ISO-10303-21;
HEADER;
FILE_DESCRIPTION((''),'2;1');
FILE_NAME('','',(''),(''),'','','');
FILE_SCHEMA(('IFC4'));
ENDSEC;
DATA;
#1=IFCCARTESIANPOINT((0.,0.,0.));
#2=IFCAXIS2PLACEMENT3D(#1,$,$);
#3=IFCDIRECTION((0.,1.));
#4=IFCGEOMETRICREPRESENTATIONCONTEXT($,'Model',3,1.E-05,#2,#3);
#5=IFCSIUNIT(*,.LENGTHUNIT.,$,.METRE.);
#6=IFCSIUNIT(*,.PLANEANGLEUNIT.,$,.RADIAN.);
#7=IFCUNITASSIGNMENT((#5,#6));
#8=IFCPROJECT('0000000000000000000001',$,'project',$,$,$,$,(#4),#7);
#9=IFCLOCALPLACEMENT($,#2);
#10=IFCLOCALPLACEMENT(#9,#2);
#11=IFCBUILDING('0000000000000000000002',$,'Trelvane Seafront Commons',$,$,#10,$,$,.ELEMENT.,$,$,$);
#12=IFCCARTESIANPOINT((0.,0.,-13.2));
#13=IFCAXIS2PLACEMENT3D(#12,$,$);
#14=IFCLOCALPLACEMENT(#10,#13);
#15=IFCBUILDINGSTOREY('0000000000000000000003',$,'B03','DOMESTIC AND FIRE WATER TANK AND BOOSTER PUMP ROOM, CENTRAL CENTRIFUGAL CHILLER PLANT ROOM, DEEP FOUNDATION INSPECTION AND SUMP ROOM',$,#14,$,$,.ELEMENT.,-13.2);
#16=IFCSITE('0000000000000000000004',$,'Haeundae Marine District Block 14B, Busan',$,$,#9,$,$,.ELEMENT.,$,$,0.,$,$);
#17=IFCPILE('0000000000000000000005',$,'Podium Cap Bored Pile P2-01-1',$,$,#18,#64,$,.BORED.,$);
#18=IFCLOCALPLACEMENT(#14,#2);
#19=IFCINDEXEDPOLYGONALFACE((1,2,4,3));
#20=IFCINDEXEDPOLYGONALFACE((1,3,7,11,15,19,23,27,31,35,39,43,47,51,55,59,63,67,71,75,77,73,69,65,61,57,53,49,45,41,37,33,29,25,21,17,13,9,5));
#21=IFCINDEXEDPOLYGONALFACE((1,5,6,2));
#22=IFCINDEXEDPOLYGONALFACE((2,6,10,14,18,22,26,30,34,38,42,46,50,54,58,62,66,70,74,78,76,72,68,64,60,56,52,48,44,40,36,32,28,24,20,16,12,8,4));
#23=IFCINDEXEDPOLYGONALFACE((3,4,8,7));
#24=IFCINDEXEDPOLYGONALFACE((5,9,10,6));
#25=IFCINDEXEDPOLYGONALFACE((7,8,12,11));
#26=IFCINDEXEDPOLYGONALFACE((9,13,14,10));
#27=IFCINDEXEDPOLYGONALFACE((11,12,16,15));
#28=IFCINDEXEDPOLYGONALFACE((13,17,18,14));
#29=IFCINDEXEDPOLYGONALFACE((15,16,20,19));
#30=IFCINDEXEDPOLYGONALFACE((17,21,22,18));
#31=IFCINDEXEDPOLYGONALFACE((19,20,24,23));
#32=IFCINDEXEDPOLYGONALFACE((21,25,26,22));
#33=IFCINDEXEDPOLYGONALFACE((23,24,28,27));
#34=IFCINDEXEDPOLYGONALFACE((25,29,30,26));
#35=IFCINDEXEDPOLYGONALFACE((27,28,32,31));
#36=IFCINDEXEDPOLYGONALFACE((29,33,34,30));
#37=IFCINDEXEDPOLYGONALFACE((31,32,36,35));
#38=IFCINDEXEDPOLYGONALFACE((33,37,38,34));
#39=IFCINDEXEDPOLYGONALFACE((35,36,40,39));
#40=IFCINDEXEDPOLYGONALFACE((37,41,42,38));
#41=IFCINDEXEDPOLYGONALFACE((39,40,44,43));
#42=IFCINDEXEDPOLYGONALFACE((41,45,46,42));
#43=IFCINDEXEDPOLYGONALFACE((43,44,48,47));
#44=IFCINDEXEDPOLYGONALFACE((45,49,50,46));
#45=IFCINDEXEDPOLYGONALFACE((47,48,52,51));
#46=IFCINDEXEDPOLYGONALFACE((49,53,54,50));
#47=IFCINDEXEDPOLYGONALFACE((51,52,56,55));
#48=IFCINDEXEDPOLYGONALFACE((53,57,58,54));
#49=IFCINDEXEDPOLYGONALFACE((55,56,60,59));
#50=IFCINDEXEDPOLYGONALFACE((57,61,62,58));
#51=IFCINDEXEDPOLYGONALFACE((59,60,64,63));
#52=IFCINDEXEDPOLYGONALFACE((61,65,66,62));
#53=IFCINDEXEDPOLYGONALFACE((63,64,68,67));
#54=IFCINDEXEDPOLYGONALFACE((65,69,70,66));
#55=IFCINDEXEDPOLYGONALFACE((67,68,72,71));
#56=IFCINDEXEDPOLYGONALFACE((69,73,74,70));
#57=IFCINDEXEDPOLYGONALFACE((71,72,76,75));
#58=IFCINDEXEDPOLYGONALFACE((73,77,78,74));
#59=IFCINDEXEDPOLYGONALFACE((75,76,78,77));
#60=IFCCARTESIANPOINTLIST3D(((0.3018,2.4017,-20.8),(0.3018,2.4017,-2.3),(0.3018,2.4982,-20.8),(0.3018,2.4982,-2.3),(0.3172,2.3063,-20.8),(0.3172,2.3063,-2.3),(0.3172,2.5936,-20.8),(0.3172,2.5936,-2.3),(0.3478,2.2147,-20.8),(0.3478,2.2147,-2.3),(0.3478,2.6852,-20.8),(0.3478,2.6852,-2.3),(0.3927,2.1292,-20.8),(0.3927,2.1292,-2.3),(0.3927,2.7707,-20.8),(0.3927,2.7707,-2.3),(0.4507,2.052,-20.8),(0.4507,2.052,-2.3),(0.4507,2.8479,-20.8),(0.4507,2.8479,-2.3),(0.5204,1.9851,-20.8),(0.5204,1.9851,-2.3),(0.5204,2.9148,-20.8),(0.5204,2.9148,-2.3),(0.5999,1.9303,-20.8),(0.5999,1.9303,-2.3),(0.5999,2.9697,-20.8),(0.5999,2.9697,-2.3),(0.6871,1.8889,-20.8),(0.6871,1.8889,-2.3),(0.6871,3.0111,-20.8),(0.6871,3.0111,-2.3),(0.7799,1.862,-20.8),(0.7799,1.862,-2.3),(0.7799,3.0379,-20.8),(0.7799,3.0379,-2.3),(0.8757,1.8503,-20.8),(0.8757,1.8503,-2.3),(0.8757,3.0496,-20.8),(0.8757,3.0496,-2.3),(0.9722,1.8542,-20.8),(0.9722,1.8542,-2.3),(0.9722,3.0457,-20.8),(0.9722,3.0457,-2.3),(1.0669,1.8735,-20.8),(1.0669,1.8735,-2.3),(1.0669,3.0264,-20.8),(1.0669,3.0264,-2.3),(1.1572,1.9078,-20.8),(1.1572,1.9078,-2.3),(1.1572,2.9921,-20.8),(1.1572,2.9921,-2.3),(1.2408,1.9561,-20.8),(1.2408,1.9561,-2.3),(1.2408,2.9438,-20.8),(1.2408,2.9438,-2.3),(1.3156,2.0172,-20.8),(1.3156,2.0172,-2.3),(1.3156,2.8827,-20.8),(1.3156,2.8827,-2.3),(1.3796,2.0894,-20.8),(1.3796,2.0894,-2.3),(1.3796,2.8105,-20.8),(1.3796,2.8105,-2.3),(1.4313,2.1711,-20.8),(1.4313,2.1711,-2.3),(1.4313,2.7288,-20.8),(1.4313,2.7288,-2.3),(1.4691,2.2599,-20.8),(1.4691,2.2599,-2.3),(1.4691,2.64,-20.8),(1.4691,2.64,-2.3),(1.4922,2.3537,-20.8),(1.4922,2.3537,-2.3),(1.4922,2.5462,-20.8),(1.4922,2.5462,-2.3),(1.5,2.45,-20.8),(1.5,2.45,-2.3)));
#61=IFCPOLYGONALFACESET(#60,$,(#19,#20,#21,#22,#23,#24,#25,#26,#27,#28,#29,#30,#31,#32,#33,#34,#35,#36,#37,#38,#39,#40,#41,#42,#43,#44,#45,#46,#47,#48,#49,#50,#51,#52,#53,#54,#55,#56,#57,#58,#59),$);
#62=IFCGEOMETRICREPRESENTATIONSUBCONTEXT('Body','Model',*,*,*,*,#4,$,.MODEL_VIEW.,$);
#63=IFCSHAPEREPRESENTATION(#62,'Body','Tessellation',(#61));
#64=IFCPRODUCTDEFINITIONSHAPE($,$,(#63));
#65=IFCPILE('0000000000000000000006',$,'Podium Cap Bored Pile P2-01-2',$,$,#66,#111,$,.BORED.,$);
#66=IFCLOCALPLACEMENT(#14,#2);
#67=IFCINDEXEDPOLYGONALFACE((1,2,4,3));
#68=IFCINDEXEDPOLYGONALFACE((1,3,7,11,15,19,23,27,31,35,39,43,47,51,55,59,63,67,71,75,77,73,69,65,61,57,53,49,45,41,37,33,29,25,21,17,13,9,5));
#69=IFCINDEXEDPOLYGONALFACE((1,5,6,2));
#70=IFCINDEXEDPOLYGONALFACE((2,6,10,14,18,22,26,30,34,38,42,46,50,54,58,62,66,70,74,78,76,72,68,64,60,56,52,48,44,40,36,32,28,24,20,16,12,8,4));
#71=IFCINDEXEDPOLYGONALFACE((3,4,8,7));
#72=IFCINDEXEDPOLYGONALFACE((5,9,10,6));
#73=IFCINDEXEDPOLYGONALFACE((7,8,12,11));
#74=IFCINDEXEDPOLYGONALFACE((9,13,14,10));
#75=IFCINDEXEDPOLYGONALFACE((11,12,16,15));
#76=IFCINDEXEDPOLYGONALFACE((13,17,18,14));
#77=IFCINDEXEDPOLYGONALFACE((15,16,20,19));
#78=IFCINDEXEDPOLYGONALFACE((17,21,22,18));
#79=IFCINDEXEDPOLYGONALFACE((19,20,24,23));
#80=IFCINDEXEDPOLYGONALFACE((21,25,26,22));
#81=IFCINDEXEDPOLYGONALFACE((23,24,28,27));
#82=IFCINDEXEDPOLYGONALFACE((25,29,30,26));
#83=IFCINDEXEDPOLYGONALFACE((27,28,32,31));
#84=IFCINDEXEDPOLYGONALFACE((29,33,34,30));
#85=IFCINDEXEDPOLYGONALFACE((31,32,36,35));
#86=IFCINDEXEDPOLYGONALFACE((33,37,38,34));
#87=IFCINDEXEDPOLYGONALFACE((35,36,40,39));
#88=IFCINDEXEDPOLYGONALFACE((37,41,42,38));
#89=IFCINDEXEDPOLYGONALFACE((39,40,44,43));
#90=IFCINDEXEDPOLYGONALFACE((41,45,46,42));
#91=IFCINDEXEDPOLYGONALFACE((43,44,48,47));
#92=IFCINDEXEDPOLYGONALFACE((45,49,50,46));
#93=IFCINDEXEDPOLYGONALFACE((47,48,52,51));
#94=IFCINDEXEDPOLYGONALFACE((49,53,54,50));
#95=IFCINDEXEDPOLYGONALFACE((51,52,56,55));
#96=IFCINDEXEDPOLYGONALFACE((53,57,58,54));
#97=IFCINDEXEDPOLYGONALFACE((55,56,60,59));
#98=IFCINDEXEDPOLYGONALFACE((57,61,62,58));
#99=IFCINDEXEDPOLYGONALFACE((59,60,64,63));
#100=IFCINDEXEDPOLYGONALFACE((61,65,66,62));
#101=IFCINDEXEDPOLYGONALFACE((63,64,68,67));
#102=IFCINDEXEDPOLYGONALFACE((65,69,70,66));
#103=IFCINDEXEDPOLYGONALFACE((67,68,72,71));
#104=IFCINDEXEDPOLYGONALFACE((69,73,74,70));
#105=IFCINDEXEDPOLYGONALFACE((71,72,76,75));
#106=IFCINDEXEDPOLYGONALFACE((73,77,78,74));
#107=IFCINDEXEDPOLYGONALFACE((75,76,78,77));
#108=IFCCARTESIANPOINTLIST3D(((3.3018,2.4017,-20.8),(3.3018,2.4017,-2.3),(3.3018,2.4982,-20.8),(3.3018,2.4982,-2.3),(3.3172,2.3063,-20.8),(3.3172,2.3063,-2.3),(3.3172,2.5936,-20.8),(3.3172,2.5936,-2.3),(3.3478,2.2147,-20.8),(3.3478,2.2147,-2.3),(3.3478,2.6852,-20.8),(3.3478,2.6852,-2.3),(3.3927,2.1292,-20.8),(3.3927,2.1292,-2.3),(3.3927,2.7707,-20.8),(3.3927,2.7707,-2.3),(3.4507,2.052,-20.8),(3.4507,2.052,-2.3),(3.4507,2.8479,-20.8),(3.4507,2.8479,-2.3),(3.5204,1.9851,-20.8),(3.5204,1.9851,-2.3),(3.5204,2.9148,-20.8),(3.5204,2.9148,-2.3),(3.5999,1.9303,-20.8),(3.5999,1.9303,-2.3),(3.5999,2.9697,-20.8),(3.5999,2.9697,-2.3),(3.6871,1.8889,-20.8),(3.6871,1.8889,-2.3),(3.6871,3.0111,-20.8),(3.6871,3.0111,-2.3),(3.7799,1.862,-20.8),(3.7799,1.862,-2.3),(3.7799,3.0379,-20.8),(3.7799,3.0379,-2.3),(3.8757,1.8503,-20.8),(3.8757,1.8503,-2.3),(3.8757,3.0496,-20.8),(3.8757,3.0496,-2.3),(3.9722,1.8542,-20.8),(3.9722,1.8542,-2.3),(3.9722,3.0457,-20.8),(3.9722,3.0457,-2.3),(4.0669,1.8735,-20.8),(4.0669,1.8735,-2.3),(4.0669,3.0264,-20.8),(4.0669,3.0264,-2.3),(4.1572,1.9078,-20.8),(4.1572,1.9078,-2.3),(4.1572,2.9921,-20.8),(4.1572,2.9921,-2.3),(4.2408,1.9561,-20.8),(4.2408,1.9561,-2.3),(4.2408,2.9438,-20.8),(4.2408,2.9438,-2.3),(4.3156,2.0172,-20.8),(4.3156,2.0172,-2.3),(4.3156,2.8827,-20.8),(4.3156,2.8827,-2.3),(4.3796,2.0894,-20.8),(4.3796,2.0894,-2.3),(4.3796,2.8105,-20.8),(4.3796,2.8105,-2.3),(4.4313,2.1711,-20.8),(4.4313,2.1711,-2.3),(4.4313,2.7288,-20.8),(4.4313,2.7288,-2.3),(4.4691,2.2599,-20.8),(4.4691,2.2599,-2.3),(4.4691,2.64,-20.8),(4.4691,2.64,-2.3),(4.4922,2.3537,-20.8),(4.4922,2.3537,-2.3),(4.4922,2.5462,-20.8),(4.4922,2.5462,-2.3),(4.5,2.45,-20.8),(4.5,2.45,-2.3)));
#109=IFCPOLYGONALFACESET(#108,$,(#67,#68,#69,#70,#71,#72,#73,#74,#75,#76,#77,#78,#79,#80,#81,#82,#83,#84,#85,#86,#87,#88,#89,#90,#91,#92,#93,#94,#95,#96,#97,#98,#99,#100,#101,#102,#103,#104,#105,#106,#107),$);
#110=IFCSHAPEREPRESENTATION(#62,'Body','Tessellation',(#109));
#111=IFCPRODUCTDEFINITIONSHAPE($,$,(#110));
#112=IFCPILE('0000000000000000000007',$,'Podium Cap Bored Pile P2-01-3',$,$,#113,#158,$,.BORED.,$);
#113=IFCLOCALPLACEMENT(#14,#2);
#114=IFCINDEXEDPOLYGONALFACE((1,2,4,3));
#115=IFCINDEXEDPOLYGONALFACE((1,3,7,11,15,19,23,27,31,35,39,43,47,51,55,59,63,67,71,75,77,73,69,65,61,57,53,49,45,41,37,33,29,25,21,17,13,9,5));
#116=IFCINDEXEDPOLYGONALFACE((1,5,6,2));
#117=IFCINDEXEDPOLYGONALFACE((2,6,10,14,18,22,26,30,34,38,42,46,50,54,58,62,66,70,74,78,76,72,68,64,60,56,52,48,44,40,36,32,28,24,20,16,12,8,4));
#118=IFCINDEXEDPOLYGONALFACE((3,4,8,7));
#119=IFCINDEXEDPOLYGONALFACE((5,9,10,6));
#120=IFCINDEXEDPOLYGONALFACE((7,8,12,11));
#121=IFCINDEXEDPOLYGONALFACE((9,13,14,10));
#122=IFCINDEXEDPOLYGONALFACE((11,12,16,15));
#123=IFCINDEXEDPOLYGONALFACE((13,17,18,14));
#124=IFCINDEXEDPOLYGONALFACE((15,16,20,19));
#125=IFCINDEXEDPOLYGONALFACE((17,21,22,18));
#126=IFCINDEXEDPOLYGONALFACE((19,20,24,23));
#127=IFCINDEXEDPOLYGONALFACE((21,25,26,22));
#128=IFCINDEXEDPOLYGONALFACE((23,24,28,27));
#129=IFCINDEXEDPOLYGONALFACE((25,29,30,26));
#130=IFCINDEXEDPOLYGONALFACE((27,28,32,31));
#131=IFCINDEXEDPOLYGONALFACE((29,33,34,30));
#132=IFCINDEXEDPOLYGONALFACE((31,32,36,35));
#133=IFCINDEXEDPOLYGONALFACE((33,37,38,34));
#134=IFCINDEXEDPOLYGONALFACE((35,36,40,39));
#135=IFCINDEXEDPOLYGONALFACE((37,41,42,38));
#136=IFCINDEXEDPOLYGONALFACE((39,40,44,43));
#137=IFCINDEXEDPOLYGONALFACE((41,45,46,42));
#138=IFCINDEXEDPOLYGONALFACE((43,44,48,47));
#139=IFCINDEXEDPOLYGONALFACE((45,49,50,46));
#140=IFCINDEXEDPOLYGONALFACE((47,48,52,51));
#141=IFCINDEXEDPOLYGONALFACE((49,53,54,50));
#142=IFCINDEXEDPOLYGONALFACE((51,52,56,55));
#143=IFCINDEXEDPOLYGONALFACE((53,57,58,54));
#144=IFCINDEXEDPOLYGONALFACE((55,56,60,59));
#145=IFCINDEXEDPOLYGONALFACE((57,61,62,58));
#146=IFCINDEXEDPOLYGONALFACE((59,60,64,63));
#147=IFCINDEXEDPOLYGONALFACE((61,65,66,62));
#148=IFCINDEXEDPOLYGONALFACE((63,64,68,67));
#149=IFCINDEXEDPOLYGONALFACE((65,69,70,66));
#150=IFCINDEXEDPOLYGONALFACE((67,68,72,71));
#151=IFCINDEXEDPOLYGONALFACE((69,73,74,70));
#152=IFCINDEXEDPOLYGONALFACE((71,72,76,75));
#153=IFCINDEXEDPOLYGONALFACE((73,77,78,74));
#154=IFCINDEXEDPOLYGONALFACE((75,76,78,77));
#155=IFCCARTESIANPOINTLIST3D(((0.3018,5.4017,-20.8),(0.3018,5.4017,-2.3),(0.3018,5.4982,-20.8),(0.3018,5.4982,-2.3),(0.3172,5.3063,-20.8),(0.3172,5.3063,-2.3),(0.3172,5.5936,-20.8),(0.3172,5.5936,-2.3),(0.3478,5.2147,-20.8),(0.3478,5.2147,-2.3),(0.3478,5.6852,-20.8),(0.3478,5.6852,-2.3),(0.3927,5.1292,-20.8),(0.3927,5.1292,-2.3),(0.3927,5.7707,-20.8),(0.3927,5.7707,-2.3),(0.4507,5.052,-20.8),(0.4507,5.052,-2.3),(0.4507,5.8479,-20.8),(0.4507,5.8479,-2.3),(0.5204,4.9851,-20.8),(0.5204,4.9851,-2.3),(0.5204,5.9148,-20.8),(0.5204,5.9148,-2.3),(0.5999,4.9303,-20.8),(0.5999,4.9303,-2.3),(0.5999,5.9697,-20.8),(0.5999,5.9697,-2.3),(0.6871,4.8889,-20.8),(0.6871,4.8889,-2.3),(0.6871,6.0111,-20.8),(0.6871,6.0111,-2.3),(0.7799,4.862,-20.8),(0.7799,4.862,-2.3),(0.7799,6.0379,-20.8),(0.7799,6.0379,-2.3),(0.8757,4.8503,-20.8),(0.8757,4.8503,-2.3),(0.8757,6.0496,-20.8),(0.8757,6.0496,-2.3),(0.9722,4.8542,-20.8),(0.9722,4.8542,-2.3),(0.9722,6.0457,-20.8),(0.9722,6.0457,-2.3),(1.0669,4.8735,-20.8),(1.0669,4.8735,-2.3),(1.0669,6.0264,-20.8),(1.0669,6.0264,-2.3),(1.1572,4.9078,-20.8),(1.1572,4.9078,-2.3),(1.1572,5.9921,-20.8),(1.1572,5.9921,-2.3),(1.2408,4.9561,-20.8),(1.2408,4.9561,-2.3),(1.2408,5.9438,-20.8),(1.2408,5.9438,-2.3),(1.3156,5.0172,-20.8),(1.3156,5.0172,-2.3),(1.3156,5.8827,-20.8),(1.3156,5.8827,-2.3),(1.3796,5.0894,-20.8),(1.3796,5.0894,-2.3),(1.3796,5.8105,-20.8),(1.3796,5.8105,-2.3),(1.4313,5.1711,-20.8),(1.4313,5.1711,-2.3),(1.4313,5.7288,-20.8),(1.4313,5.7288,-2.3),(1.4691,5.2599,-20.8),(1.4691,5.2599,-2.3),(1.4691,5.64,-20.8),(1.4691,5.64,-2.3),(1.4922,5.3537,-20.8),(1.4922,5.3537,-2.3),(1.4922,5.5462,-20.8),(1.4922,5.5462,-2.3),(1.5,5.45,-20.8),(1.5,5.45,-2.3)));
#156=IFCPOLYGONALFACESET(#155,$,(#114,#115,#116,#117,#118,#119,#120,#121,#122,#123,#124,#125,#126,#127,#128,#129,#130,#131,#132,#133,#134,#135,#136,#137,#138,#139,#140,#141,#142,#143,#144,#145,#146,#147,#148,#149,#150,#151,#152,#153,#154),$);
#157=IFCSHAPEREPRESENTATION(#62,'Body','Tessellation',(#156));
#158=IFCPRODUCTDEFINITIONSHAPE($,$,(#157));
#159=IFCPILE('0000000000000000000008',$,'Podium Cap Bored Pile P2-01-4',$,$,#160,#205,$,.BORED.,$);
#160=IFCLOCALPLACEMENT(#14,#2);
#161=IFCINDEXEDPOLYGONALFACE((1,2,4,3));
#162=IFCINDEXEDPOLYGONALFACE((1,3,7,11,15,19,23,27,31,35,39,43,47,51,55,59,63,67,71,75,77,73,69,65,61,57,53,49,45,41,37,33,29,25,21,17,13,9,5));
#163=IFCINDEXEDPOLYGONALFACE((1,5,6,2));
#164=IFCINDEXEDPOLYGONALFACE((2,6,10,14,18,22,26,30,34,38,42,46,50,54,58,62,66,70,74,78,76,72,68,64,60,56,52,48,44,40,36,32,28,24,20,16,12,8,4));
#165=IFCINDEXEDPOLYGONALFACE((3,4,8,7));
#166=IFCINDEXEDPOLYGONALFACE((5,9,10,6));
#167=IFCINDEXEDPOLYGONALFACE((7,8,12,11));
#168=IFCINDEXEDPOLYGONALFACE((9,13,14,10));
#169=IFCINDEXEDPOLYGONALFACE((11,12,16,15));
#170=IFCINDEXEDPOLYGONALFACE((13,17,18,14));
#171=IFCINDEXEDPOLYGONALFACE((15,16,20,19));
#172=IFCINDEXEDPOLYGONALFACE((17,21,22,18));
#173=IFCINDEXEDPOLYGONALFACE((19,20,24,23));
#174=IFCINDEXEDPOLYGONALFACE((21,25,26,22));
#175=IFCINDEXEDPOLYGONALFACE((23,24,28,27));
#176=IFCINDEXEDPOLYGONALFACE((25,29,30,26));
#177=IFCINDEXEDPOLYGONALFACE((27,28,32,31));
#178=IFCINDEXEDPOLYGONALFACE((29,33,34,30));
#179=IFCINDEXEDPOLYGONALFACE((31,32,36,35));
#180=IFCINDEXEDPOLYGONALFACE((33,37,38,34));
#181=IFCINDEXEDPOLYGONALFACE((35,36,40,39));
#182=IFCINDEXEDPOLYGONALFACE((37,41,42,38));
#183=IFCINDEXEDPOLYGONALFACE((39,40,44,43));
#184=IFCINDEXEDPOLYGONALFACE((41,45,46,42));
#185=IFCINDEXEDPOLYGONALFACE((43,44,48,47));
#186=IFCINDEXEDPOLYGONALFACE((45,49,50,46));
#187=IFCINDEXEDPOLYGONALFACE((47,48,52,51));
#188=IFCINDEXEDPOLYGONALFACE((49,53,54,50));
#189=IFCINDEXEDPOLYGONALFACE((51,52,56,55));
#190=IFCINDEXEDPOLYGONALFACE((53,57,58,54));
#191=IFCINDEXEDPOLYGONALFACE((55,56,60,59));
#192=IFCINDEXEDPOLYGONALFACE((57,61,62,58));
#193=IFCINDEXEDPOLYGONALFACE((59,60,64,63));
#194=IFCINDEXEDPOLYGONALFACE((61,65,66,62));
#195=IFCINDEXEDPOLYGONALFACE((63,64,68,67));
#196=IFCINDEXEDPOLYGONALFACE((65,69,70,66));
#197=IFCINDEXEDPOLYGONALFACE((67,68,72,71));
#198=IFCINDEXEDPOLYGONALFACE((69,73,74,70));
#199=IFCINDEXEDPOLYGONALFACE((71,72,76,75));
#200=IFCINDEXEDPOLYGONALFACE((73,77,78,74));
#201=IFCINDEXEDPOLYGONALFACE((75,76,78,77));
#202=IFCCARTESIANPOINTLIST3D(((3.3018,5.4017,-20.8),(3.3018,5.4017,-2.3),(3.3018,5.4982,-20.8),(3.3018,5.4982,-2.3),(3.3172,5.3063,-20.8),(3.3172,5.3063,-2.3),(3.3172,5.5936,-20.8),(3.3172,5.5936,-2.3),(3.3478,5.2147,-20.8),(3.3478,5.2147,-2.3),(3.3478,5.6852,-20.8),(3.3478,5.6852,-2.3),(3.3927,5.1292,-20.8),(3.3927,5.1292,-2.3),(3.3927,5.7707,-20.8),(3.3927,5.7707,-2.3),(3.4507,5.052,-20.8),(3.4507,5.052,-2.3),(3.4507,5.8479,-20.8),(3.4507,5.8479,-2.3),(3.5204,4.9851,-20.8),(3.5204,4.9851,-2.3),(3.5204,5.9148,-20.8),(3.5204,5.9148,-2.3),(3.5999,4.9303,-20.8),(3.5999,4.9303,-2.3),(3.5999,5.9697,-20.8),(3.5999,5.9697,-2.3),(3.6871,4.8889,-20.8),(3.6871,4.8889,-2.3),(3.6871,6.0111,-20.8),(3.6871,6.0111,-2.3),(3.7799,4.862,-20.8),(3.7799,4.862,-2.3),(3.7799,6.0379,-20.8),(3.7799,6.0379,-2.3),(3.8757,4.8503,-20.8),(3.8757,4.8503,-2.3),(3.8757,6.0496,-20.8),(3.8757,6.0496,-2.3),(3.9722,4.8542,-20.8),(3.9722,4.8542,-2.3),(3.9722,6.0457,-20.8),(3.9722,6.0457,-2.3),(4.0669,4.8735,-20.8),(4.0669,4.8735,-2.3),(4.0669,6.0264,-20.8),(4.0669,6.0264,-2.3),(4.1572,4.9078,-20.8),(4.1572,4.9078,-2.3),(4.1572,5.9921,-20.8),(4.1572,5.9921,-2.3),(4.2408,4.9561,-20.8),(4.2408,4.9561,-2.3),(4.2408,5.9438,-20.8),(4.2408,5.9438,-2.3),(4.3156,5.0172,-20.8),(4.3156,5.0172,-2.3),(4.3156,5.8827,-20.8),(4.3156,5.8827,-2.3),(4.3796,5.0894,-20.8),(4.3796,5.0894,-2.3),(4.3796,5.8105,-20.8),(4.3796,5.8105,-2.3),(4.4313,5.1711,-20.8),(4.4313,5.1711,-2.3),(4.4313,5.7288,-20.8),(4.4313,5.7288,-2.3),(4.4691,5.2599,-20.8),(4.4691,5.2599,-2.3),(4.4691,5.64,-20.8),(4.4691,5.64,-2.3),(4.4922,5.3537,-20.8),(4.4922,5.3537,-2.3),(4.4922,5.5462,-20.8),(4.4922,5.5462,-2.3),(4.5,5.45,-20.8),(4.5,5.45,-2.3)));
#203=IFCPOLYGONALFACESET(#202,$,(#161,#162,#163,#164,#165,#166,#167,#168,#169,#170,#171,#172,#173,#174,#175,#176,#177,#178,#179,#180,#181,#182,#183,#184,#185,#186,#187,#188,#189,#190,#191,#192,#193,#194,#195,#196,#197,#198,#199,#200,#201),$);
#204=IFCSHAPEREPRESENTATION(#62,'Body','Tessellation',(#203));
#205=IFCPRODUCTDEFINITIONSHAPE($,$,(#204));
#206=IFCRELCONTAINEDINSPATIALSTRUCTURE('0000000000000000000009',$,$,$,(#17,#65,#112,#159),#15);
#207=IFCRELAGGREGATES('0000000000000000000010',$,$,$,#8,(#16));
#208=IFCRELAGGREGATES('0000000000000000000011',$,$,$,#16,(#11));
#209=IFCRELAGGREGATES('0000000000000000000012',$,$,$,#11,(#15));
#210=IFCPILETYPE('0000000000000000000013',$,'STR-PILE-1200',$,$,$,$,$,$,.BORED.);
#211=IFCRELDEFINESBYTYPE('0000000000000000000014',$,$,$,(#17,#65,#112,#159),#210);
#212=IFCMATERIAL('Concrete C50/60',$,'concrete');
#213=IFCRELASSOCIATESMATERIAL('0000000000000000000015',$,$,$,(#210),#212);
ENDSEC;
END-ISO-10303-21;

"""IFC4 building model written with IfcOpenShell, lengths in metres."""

from ifc_helpers import new_model, si_unit, direction, frame, origin, origin_2d, place, context, subcontext, project, spatial, circle, extrude, source, transform, mapped, material, material_profile, profile_set, type_object, element, save


model = new_model("IFC4")

# Units and contexts
model_context = context("Model", 3, precision=1e-05, world=origin(), true_north=direction((0.0, 1.0)))
body_context = subcontext(model_context, "Body", "Model", "MODEL_VIEW")
ifc_project = project(units=[si_unit("LENGTHUNIT", "METRE"), si_unit("PLANEANGLEUNIT", "RADIAN")], contexts=[model_context])

# Site, building, storey
site_placement = place(None, origin())
site = spatial("IfcSite", under=ifc_project, at=site_placement, Name="Haeundae Marine District Block 14B, Busan", CompositionType="ELEMENT", RefElevation=0.0)
building_placement = place(site_placement, origin())
building = spatial("IfcBuilding", under=site, at=building_placement, Name="Trelvane Seafront Commons", CompositionType="ELEMENT")
storey_placement = place(building_placement, frame((0.0, 0.0, -13.2)))
storey = spatial("IfcBuildingStorey", under=building, at=storey_placement, Name="B03", Description="DOMESTIC AND FIRE WATER TANK AND BOOSTER PUMP ROOM, CENTRAL CENTRIFUGAL CHILLER PLANT ROOM, DEEP FOUNDATION INSPECTION AND SUMP ROOM", CompositionType="ELEMENT", Elevation=-13.2)

# Piles
ifc_material_1 = material(Name="Concrete C50/60", Category="concrete")
ifc_material_profile_1 = material_profile(ifc_material_1, circle(Radius=0.6001, at=origin_2d()), Name="PILE-1200")
ifc_profile_set_1 = profile_set([ifc_material_profile_1], Name="Concrete C50/60")
pile_type = type_object("IfcPileType", Name="STR-PILE-1200", PredefinedType="BORED", material=ifc_profile_set_1)
shared_shape_1 = source(origin(), body_context, "Body", "SweptSolid", [
    extrude(circle(Radius=0.6001, at=origin_2d()), origin(), (0.0, 0.0, 1.0), 18.5),
])
for number, where, z_axis, x_axis, name in (
    (1, (0.8999, 2.45, -2.3), (0.0, 0.0, -1.0), (1.0, 0.0, 0.0), "Podium Cap Bored Pile P2-01-1"),
    (2, (3.8999, 2.45, -2.3), (0.0, 0.0, -1.0), (1.0, 0.0, 0.0), "Podium Cap Bored Pile P2-01-2"),
    (3, (0.8999, 5.45, -2.3), (0.0, 0.0, -1.0), (1.0, 0.0, 0.0), "Podium Cap Bored Pile P2-01-3"),
    (4, (3.8999, 5.45, -2.3), (0.0, 0.0, -1.0), (1.0, 0.0, 0.0), "Podium Cap Bored Pile P2-01-4"),
):
    element("IfcPile", number, at=place(storey_placement, frame(where, z_axis=z_axis, x_axis=x_axis)), inside=storey, type_object=pile_type, Name=name, PredefinedType="BORED", context=body_context, shape_type="MappedRepresentation", body=[
        mapped(shared_shape_1, transform((0.0, 0.0, 0.0), x_axis=(1.0, 0.0, 0.0), y_axis=(0.0, 1.0, 0.0), z_axis=(0.0, 0.0, 1.0), scale=1.0)),
    ])

save(model, "model.ifc")
